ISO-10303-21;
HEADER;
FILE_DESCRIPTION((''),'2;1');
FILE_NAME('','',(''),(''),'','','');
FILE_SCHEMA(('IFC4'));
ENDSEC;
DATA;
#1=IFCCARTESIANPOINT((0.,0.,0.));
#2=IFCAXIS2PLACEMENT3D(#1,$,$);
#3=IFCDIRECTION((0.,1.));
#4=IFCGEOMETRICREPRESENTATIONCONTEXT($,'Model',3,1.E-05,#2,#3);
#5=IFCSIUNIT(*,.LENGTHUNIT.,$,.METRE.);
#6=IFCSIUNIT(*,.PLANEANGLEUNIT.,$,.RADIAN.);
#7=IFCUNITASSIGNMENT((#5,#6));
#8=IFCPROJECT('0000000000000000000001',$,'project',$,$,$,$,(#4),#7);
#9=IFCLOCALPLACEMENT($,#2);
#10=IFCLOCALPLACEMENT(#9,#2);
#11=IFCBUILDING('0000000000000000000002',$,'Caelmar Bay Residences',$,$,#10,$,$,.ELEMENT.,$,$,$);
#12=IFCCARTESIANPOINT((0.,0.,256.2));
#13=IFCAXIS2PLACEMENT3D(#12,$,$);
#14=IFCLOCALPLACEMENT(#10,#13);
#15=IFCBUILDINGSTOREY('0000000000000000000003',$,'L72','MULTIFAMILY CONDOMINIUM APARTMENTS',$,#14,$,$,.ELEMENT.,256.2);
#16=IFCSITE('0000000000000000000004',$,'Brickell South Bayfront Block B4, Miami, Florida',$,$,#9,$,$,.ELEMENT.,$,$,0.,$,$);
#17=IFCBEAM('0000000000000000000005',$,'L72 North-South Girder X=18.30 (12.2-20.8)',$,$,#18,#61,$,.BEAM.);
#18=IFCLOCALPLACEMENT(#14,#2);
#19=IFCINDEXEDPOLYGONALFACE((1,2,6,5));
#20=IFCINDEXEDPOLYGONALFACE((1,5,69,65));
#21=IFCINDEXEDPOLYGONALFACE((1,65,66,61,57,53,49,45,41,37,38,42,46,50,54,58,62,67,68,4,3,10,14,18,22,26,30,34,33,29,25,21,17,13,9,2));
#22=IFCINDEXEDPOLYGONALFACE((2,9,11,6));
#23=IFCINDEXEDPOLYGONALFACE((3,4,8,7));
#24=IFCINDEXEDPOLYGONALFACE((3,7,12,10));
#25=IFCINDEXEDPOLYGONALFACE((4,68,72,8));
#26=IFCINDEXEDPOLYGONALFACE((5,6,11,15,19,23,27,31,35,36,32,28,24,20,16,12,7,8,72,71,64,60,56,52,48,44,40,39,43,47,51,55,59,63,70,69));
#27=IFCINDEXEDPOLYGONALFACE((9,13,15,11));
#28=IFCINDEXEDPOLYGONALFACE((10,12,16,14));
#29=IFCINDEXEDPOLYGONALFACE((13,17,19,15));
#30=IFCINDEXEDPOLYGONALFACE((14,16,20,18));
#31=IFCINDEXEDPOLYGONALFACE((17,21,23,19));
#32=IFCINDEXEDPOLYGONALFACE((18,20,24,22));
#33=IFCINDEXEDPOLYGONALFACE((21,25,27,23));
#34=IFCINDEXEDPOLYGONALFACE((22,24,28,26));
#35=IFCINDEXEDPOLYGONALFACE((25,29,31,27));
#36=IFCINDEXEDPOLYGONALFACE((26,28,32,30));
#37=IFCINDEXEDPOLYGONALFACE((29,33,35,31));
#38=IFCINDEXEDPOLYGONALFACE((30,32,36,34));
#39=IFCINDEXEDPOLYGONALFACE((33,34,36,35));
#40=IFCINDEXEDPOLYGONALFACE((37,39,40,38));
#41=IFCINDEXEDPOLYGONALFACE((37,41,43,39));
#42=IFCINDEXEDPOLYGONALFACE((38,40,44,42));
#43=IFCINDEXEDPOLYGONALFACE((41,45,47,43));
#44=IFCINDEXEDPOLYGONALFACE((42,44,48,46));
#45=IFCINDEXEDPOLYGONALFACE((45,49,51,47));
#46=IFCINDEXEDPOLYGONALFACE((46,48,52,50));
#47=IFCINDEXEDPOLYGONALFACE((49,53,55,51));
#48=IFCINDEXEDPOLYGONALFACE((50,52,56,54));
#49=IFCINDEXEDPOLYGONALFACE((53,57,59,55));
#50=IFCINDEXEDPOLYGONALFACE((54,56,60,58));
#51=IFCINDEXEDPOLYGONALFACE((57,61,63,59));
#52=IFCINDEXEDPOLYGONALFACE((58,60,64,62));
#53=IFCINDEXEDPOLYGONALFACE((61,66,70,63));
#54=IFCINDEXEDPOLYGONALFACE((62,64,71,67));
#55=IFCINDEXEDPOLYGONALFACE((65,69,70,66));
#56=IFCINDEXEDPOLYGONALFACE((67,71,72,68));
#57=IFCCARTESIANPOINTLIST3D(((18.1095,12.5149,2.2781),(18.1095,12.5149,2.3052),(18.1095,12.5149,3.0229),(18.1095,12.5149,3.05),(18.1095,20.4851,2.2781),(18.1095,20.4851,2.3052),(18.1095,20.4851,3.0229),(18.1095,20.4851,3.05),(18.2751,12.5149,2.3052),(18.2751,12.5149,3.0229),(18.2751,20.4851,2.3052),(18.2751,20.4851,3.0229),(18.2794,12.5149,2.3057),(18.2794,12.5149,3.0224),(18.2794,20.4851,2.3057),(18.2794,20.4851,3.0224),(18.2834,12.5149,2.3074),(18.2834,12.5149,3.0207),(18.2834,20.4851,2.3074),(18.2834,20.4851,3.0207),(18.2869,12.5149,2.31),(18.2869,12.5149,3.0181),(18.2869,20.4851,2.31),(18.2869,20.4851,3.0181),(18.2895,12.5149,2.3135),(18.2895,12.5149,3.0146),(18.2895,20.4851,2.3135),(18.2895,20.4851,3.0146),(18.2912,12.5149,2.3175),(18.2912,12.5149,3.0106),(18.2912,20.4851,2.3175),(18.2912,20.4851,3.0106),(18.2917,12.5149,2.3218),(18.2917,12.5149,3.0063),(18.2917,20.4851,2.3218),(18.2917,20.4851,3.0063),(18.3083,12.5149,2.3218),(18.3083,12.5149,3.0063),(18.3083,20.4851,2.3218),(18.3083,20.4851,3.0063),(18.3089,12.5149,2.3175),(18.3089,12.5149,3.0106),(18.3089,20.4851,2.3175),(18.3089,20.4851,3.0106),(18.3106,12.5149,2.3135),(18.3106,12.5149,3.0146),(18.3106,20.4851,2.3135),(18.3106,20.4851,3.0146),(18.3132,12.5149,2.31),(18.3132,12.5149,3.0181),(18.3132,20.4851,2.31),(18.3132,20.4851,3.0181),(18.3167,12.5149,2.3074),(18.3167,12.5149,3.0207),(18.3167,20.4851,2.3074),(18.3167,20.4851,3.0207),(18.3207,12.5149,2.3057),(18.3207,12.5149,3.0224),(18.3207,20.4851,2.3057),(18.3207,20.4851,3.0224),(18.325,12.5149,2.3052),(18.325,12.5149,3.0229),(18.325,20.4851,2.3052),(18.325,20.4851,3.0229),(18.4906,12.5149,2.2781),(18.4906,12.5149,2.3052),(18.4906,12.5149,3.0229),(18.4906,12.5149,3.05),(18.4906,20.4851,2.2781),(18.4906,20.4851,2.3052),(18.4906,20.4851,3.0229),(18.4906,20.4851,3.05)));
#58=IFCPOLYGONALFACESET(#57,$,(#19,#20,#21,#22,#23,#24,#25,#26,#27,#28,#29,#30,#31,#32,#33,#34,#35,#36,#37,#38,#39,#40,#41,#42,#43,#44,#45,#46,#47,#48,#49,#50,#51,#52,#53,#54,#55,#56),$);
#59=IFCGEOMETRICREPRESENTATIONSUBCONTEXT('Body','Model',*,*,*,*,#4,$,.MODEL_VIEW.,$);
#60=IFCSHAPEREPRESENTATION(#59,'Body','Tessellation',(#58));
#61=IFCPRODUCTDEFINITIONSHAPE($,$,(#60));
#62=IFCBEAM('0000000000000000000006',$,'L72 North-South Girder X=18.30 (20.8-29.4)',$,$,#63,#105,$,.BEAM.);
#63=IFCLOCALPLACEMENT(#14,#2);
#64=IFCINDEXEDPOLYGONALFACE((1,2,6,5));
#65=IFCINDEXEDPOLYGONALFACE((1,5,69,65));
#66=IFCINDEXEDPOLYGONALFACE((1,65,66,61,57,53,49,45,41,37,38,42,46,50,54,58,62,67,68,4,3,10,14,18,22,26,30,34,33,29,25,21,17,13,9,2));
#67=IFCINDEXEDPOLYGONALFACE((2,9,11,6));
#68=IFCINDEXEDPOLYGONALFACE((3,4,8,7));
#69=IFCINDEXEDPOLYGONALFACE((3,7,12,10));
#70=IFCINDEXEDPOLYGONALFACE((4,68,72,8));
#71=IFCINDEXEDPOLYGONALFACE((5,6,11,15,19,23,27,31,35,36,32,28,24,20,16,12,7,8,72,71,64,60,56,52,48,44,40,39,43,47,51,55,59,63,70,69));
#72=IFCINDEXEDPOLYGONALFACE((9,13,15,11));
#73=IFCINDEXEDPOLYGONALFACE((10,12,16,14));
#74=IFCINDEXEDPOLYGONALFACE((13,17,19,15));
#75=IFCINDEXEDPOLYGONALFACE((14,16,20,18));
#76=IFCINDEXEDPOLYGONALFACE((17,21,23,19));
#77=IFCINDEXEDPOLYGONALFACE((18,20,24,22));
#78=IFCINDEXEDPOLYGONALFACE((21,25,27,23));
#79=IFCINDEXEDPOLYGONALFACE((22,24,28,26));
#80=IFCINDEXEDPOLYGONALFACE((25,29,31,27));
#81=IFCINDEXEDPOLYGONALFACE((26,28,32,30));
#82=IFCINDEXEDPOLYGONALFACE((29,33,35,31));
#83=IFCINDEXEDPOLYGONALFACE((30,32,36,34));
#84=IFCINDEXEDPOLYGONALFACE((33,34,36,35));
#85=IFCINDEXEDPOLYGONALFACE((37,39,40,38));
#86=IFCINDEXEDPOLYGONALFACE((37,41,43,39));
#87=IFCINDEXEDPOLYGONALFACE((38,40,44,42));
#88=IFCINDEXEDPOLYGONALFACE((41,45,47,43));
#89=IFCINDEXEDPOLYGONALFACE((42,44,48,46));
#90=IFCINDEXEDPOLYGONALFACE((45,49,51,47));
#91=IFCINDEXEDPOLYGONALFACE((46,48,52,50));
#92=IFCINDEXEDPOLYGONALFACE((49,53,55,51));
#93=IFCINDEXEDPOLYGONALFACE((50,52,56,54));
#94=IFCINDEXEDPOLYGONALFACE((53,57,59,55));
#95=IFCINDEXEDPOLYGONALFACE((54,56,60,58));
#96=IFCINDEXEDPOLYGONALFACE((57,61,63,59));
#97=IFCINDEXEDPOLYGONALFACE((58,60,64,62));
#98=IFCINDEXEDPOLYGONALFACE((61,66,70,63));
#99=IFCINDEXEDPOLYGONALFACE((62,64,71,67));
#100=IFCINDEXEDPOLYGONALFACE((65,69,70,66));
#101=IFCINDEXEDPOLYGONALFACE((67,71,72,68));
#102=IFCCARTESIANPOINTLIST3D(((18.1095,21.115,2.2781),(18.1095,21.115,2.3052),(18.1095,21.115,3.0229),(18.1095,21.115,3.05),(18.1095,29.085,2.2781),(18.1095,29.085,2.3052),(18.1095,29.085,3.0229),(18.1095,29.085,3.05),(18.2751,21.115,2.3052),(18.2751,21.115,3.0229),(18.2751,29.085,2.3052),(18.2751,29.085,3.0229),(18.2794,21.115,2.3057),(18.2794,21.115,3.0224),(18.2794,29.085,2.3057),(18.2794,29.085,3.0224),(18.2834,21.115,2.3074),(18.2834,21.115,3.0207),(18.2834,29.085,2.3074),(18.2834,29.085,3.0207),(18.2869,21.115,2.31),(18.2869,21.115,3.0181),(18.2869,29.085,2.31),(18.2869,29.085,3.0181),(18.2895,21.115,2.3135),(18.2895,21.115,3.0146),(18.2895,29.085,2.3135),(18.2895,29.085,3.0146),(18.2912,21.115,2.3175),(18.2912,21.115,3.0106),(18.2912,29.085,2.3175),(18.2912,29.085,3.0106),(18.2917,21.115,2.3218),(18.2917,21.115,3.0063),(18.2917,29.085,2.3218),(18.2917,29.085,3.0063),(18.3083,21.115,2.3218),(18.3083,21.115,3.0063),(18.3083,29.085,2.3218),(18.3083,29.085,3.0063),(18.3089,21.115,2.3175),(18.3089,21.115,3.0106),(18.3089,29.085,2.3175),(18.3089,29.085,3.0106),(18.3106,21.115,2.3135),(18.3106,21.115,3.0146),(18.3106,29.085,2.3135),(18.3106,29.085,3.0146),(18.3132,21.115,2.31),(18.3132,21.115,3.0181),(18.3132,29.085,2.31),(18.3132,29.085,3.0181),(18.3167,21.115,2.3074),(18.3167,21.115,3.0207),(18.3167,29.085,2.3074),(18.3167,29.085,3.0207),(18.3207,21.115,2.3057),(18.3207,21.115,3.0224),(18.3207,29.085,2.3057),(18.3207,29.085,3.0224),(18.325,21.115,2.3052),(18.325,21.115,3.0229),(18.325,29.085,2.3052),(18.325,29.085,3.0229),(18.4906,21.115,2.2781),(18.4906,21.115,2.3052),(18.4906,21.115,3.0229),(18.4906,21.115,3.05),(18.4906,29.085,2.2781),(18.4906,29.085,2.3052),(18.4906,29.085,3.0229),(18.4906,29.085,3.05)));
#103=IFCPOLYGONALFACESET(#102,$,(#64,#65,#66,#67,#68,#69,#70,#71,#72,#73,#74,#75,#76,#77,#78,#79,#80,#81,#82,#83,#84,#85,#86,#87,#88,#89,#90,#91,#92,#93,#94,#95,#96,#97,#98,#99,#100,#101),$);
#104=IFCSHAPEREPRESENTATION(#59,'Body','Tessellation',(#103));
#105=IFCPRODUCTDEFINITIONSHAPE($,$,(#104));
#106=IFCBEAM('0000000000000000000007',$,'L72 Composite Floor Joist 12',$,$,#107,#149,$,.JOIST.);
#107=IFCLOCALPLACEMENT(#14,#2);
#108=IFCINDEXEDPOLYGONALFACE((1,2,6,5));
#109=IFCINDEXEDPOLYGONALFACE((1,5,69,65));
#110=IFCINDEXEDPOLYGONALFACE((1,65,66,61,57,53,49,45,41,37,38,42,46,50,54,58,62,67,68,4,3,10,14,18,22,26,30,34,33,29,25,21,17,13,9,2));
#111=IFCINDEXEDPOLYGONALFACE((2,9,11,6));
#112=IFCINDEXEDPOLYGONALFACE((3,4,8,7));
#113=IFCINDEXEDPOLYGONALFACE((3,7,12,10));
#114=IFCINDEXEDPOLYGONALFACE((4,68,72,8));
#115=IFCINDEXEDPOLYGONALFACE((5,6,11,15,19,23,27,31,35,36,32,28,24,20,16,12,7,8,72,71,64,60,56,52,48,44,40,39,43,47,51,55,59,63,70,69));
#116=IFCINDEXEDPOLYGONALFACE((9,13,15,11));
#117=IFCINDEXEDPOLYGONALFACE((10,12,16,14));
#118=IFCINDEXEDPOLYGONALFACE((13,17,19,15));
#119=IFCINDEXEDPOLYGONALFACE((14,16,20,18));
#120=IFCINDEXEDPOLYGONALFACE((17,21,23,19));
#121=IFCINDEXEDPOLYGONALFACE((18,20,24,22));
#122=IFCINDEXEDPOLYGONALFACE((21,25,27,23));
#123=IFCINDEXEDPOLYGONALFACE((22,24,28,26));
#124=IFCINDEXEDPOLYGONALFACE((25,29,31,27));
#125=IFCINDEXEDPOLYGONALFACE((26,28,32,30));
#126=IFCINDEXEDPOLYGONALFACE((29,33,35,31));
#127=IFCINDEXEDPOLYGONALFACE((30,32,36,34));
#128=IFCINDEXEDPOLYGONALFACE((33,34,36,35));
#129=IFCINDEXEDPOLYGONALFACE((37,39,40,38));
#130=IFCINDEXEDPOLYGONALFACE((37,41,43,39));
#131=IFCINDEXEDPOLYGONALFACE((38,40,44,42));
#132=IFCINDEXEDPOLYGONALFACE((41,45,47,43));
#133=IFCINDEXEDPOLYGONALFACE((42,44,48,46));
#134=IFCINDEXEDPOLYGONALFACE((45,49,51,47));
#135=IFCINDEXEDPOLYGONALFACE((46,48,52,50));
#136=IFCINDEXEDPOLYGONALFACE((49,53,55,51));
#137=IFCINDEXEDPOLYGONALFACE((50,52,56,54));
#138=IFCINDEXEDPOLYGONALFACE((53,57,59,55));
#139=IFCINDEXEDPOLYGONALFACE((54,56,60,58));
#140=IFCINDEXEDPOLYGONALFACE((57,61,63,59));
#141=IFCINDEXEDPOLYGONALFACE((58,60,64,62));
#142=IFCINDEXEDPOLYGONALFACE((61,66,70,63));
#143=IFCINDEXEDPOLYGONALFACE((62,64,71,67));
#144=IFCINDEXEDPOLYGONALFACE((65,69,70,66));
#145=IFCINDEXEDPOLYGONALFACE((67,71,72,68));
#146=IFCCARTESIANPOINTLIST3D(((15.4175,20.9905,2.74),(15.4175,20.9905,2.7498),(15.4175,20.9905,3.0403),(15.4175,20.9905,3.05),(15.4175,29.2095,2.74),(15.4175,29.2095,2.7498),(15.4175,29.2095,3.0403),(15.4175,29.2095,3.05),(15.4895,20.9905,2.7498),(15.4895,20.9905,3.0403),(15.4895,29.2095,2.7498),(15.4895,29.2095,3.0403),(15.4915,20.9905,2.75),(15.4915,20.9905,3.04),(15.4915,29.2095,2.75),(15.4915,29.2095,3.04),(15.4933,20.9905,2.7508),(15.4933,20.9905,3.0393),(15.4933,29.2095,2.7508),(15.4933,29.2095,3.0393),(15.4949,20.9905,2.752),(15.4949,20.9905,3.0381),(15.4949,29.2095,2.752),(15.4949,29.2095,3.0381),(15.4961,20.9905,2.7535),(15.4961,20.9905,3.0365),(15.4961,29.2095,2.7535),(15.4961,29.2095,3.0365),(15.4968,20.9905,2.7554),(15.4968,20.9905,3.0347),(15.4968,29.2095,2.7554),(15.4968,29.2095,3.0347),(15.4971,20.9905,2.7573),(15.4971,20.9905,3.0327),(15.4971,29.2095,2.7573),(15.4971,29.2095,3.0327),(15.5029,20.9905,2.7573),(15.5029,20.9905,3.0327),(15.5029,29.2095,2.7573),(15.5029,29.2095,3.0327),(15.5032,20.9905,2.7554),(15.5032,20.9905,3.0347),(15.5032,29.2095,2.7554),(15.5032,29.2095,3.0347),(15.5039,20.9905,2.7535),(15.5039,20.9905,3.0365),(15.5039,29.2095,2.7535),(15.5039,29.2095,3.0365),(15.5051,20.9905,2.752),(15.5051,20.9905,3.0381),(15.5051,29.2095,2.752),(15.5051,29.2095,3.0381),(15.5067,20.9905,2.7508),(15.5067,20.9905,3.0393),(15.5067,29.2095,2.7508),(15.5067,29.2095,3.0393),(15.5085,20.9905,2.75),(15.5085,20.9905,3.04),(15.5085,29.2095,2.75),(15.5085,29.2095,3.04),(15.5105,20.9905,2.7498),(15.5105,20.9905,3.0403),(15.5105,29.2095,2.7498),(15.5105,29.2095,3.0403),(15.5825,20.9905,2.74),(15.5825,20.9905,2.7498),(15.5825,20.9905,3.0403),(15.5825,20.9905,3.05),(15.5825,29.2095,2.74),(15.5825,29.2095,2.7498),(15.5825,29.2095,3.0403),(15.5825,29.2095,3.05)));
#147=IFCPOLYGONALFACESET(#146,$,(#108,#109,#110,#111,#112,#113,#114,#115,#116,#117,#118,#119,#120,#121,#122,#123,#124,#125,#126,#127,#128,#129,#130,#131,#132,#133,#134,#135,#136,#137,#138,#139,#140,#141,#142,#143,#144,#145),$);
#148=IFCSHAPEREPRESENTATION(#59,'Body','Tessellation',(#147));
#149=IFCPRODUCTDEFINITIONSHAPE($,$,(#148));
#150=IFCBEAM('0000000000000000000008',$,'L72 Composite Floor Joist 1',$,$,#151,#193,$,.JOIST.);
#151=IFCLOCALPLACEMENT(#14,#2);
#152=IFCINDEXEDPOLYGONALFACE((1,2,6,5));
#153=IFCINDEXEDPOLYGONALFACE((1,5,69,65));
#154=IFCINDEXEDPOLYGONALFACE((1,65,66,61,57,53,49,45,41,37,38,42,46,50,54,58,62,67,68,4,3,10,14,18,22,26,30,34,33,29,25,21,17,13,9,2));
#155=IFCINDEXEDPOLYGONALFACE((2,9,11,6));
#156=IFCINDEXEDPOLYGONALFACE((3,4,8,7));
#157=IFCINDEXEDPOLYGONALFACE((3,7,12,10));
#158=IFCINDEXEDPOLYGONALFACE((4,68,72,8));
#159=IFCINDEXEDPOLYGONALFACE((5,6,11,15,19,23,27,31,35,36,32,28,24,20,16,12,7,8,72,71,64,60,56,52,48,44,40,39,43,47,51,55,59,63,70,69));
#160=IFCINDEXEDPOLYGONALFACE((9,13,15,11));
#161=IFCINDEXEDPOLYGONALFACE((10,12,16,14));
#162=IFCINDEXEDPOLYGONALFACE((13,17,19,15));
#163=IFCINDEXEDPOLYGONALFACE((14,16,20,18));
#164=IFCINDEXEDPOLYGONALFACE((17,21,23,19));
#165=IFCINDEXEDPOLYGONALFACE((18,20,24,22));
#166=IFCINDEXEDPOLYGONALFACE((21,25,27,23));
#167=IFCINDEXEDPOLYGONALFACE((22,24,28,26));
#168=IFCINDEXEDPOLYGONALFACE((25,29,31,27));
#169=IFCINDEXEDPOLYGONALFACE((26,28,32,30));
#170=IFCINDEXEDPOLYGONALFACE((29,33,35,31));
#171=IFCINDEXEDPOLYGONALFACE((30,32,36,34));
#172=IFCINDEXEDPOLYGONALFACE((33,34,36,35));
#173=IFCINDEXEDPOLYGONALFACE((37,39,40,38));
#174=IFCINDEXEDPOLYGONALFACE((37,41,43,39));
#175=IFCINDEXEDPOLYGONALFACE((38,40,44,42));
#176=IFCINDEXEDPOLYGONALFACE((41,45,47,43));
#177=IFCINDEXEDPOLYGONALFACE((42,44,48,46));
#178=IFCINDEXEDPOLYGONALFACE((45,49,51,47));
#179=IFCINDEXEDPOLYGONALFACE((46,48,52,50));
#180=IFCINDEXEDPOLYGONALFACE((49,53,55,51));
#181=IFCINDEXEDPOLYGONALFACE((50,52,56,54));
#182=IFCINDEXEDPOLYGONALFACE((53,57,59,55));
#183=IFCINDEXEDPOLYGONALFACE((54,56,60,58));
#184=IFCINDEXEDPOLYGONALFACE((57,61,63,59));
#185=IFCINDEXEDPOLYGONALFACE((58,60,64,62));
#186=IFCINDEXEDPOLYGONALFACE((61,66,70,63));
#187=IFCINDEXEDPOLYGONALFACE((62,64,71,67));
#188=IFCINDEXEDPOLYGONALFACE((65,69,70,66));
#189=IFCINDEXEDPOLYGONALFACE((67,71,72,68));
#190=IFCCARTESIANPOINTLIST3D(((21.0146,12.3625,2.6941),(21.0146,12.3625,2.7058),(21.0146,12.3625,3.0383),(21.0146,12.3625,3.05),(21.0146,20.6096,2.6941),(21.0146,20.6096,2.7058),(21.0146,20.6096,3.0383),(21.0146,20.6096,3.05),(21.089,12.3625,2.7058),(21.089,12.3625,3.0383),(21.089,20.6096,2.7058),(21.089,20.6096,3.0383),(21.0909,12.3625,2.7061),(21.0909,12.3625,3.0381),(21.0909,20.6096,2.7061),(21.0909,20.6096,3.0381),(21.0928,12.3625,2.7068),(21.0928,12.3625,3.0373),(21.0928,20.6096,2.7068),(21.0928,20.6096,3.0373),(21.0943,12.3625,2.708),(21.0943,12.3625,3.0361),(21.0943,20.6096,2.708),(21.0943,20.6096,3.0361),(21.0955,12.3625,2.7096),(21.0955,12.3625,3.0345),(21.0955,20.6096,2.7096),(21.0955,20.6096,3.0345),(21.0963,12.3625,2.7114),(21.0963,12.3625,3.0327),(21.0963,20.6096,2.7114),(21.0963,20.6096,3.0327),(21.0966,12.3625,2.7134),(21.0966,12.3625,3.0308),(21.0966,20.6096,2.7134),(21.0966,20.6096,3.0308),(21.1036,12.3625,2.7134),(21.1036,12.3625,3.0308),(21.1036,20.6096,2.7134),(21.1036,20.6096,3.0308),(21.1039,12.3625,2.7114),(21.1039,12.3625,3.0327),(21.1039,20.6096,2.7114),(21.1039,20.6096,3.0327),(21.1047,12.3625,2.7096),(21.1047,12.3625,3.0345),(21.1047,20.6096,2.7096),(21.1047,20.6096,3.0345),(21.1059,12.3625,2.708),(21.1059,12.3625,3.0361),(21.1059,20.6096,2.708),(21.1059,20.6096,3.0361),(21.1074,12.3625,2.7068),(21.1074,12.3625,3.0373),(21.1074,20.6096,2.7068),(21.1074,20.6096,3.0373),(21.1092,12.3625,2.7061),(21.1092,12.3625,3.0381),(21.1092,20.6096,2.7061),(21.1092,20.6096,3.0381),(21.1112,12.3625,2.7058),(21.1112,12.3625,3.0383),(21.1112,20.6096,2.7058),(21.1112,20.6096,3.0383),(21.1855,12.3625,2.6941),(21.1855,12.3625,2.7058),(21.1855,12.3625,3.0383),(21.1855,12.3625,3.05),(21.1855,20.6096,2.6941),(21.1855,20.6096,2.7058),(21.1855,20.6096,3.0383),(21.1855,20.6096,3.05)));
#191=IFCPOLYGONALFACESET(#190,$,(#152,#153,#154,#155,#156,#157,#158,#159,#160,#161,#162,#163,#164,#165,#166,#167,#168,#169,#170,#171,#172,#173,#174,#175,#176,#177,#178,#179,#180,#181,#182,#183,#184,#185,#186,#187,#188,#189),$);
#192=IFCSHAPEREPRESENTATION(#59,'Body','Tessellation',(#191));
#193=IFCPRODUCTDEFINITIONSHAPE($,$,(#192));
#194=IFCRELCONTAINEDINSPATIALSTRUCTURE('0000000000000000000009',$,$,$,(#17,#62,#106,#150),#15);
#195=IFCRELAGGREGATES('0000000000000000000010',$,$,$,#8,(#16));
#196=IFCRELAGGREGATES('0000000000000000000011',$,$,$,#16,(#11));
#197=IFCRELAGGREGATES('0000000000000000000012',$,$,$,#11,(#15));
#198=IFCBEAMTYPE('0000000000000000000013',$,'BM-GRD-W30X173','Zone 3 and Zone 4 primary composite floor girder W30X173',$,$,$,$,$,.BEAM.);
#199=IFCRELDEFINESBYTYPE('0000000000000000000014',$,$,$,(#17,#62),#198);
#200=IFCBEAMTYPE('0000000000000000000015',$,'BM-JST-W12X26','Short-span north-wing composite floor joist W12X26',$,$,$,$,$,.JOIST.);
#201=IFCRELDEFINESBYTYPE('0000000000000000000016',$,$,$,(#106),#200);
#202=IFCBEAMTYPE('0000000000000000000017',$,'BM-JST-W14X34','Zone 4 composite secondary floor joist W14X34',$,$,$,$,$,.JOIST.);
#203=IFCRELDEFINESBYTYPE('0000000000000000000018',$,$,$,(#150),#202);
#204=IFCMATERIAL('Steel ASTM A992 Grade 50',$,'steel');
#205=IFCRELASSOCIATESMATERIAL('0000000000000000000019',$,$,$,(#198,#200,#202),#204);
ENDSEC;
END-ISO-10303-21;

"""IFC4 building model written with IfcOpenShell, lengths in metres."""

from ifc_helpers import new_model, si_unit, direction, frame, origin, origin_2d, place, context, subcontext, project, spatial, i_section, extrude, material, material_profile, profile_set, type_object, element, save


model = new_model("IFC4")

# Units and contexts
model_context = context("Model", 3, precision=1e-05, world=origin(), true_north=direction((0.0, 1.0)))
body_context = subcontext(model_context, "Body", "Model", "MODEL_VIEW")
ifc_project = project(units=[si_unit("LENGTHUNIT", "METRE"), si_unit("PLANEANGLEUNIT", "RADIAN")], contexts=[model_context])

# Site, building, storey
site_placement = place(None, origin())
site = spatial("IfcSite", under=ifc_project, at=site_placement, Name="Brickell South Bayfront Block B4, Miami, Florida", CompositionType="ELEMENT", RefElevation=0.0)
building_placement = place(site_placement, origin())
building = spatial("IfcBuilding", under=site, at=building_placement, Name="Caelmar Bay Residences", CompositionType="ELEMENT")
storey_placement = place(building_placement, frame((0.0, 0.0, 256.2)))
storey = spatial("IfcBuildingStorey", under=building, at=storey_placement, Name="L72", Description="MULTIFAMILY CONDOMINIUM APARTMENTS", CompositionType="ELEMENT", Elevation=256.2)

# Beams
ifc_material_1 = material(Name="Steel ASTM A992 Grade 50", Category="steel")
ifc_material_profile_1 = material_profile(ifc_material_1, i_section(OverallWidth=0.3811, OverallDepth=0.772, WebThickness=0.0166, FlangeThickness=0.0271, FilletRadius=0.0166, at=origin_2d()), Name="W30X173")
ifc_profile_set_1 = profile_set([ifc_material_profile_1], Name="Steel ASTM A992 Grade 50")
beam_type_1 = type_object("IfcBeamType", Name="BM-GRD-W30X173", Description="Zone 3 and Zone 4 primary composite floor girder W30X173", PredefinedType="BEAM", material=ifc_profile_set_1)
beam_1_placement = place(storey_placement, frame((18.3, 12.5149, 2.6641), z_axis=(0.0, 1.0, 0.0), x_axis=(-1.0, 0.0, 0.0)))
element("IfcBeam", 1, at=beam_1_placement, inside=storey, type_object=beam_type_1, Name="L72 North-South Girder X=18.30 (12.2-20.8)", PredefinedType="BEAM", context=body_context, shape_type="SweptSolid", body=[
    extrude(i_section(OverallWidth=0.3811, OverallDepth=0.772, WebThickness=0.0166, FlangeThickness=0.0271, FilletRadius=0.0166, at=origin_2d()), origin(), (0.0, 0.0, 1.0), 7.9702),
])
beam_2_placement = place(storey_placement, frame((18.3, 21.115, 2.6641), z_axis=(0.0, 1.0, 0.0), x_axis=(-1.0, 0.0, 0.0)))
element("IfcBeam", 2, at=beam_2_placement, inside=storey, type_object=beam_type_1, Name="L72 North-South Girder X=18.30 (20.8-29.4)", PredefinedType="BEAM", context=body_context, shape_type="SweptSolid", body=[
    extrude(i_section(OverallWidth=0.3811, OverallDepth=0.772, WebThickness=0.0166, FlangeThickness=0.0271, FilletRadius=0.0166, at=origin_2d()), origin(), (0.0, 0.0, 1.0), 7.97),
])
ifc_material_profile_2 = material_profile(ifc_material_1, i_section(OverallWidth=0.165, OverallDepth=0.3101, WebThickness=0.0059, FlangeThickness=0.0098, FilletRadius=0.0076, at=origin_2d()), Name="W12X26")
ifc_profile_set_2 = profile_set([ifc_material_profile_2], Name="Steel ASTM A992 Grade 50")
beam_type_2 = type_object("IfcBeamType", Name="BM-JST-W12X26", Description="Short-span north-wing composite floor joist W12X26", PredefinedType="JOIST", material=ifc_profile_set_2)
beam_3_placement = place(storey_placement, frame((15.5, 20.9905, 2.895), z_axis=(0.0, 1.0, 0.0), x_axis=(-1.0, 0.0, 0.0)))
element("IfcBeam", 3, at=beam_3_placement, inside=storey, type_object=beam_type_2, Name="L72 Composite Floor Joist 12", PredefinedType="JOIST", context=body_context, shape_type="SweptSolid", body=[
    extrude(i_section(OverallWidth=0.165, OverallDepth=0.3101, WebThickness=0.0059, FlangeThickness=0.0098, FilletRadius=0.0076, at=origin_2d()), origin(), (0.0, 0.0, 1.0), 8.219),
])
ifc_material_profile_3 = material_profile(ifc_material_1, i_section(OverallWidth=0.1709, OverallDepth=0.356, WebThickness=0.0071, FlangeThickness=0.0117, FilletRadius=0.0076, at=origin_2d()), Name="W14X34")
ifc_profile_set_3 = profile_set([ifc_material_profile_3], Name="Steel ASTM A992 Grade 50")
beam_type_3 = type_object("IfcBeamType", Name="BM-JST-W14X34", Description="Zone 4 composite secondary floor joist W14X34", PredefinedType="JOIST", material=ifc_profile_set_3)
beam_4_placement = place(storey_placement, frame((21.1001, 12.3625, 2.8721), z_axis=(0.0, 1.0, 0.0), x_axis=(-1.0, 0.0, 0.0)))
element("IfcBeam", 4, at=beam_4_placement, inside=storey, type_object=beam_type_3, Name="L72 Composite Floor Joist 1", PredefinedType="JOIST", context=body_context, shape_type="SweptSolid", body=[
    extrude(i_section(OverallWidth=0.1709, OverallDepth=0.356, WebThickness=0.0071, FlangeThickness=0.0117, FilletRadius=0.0076, at=origin_2d()), origin(), (0.0, 0.0, 1.0), 8.2471),
])

save(model, "model.ifc")
